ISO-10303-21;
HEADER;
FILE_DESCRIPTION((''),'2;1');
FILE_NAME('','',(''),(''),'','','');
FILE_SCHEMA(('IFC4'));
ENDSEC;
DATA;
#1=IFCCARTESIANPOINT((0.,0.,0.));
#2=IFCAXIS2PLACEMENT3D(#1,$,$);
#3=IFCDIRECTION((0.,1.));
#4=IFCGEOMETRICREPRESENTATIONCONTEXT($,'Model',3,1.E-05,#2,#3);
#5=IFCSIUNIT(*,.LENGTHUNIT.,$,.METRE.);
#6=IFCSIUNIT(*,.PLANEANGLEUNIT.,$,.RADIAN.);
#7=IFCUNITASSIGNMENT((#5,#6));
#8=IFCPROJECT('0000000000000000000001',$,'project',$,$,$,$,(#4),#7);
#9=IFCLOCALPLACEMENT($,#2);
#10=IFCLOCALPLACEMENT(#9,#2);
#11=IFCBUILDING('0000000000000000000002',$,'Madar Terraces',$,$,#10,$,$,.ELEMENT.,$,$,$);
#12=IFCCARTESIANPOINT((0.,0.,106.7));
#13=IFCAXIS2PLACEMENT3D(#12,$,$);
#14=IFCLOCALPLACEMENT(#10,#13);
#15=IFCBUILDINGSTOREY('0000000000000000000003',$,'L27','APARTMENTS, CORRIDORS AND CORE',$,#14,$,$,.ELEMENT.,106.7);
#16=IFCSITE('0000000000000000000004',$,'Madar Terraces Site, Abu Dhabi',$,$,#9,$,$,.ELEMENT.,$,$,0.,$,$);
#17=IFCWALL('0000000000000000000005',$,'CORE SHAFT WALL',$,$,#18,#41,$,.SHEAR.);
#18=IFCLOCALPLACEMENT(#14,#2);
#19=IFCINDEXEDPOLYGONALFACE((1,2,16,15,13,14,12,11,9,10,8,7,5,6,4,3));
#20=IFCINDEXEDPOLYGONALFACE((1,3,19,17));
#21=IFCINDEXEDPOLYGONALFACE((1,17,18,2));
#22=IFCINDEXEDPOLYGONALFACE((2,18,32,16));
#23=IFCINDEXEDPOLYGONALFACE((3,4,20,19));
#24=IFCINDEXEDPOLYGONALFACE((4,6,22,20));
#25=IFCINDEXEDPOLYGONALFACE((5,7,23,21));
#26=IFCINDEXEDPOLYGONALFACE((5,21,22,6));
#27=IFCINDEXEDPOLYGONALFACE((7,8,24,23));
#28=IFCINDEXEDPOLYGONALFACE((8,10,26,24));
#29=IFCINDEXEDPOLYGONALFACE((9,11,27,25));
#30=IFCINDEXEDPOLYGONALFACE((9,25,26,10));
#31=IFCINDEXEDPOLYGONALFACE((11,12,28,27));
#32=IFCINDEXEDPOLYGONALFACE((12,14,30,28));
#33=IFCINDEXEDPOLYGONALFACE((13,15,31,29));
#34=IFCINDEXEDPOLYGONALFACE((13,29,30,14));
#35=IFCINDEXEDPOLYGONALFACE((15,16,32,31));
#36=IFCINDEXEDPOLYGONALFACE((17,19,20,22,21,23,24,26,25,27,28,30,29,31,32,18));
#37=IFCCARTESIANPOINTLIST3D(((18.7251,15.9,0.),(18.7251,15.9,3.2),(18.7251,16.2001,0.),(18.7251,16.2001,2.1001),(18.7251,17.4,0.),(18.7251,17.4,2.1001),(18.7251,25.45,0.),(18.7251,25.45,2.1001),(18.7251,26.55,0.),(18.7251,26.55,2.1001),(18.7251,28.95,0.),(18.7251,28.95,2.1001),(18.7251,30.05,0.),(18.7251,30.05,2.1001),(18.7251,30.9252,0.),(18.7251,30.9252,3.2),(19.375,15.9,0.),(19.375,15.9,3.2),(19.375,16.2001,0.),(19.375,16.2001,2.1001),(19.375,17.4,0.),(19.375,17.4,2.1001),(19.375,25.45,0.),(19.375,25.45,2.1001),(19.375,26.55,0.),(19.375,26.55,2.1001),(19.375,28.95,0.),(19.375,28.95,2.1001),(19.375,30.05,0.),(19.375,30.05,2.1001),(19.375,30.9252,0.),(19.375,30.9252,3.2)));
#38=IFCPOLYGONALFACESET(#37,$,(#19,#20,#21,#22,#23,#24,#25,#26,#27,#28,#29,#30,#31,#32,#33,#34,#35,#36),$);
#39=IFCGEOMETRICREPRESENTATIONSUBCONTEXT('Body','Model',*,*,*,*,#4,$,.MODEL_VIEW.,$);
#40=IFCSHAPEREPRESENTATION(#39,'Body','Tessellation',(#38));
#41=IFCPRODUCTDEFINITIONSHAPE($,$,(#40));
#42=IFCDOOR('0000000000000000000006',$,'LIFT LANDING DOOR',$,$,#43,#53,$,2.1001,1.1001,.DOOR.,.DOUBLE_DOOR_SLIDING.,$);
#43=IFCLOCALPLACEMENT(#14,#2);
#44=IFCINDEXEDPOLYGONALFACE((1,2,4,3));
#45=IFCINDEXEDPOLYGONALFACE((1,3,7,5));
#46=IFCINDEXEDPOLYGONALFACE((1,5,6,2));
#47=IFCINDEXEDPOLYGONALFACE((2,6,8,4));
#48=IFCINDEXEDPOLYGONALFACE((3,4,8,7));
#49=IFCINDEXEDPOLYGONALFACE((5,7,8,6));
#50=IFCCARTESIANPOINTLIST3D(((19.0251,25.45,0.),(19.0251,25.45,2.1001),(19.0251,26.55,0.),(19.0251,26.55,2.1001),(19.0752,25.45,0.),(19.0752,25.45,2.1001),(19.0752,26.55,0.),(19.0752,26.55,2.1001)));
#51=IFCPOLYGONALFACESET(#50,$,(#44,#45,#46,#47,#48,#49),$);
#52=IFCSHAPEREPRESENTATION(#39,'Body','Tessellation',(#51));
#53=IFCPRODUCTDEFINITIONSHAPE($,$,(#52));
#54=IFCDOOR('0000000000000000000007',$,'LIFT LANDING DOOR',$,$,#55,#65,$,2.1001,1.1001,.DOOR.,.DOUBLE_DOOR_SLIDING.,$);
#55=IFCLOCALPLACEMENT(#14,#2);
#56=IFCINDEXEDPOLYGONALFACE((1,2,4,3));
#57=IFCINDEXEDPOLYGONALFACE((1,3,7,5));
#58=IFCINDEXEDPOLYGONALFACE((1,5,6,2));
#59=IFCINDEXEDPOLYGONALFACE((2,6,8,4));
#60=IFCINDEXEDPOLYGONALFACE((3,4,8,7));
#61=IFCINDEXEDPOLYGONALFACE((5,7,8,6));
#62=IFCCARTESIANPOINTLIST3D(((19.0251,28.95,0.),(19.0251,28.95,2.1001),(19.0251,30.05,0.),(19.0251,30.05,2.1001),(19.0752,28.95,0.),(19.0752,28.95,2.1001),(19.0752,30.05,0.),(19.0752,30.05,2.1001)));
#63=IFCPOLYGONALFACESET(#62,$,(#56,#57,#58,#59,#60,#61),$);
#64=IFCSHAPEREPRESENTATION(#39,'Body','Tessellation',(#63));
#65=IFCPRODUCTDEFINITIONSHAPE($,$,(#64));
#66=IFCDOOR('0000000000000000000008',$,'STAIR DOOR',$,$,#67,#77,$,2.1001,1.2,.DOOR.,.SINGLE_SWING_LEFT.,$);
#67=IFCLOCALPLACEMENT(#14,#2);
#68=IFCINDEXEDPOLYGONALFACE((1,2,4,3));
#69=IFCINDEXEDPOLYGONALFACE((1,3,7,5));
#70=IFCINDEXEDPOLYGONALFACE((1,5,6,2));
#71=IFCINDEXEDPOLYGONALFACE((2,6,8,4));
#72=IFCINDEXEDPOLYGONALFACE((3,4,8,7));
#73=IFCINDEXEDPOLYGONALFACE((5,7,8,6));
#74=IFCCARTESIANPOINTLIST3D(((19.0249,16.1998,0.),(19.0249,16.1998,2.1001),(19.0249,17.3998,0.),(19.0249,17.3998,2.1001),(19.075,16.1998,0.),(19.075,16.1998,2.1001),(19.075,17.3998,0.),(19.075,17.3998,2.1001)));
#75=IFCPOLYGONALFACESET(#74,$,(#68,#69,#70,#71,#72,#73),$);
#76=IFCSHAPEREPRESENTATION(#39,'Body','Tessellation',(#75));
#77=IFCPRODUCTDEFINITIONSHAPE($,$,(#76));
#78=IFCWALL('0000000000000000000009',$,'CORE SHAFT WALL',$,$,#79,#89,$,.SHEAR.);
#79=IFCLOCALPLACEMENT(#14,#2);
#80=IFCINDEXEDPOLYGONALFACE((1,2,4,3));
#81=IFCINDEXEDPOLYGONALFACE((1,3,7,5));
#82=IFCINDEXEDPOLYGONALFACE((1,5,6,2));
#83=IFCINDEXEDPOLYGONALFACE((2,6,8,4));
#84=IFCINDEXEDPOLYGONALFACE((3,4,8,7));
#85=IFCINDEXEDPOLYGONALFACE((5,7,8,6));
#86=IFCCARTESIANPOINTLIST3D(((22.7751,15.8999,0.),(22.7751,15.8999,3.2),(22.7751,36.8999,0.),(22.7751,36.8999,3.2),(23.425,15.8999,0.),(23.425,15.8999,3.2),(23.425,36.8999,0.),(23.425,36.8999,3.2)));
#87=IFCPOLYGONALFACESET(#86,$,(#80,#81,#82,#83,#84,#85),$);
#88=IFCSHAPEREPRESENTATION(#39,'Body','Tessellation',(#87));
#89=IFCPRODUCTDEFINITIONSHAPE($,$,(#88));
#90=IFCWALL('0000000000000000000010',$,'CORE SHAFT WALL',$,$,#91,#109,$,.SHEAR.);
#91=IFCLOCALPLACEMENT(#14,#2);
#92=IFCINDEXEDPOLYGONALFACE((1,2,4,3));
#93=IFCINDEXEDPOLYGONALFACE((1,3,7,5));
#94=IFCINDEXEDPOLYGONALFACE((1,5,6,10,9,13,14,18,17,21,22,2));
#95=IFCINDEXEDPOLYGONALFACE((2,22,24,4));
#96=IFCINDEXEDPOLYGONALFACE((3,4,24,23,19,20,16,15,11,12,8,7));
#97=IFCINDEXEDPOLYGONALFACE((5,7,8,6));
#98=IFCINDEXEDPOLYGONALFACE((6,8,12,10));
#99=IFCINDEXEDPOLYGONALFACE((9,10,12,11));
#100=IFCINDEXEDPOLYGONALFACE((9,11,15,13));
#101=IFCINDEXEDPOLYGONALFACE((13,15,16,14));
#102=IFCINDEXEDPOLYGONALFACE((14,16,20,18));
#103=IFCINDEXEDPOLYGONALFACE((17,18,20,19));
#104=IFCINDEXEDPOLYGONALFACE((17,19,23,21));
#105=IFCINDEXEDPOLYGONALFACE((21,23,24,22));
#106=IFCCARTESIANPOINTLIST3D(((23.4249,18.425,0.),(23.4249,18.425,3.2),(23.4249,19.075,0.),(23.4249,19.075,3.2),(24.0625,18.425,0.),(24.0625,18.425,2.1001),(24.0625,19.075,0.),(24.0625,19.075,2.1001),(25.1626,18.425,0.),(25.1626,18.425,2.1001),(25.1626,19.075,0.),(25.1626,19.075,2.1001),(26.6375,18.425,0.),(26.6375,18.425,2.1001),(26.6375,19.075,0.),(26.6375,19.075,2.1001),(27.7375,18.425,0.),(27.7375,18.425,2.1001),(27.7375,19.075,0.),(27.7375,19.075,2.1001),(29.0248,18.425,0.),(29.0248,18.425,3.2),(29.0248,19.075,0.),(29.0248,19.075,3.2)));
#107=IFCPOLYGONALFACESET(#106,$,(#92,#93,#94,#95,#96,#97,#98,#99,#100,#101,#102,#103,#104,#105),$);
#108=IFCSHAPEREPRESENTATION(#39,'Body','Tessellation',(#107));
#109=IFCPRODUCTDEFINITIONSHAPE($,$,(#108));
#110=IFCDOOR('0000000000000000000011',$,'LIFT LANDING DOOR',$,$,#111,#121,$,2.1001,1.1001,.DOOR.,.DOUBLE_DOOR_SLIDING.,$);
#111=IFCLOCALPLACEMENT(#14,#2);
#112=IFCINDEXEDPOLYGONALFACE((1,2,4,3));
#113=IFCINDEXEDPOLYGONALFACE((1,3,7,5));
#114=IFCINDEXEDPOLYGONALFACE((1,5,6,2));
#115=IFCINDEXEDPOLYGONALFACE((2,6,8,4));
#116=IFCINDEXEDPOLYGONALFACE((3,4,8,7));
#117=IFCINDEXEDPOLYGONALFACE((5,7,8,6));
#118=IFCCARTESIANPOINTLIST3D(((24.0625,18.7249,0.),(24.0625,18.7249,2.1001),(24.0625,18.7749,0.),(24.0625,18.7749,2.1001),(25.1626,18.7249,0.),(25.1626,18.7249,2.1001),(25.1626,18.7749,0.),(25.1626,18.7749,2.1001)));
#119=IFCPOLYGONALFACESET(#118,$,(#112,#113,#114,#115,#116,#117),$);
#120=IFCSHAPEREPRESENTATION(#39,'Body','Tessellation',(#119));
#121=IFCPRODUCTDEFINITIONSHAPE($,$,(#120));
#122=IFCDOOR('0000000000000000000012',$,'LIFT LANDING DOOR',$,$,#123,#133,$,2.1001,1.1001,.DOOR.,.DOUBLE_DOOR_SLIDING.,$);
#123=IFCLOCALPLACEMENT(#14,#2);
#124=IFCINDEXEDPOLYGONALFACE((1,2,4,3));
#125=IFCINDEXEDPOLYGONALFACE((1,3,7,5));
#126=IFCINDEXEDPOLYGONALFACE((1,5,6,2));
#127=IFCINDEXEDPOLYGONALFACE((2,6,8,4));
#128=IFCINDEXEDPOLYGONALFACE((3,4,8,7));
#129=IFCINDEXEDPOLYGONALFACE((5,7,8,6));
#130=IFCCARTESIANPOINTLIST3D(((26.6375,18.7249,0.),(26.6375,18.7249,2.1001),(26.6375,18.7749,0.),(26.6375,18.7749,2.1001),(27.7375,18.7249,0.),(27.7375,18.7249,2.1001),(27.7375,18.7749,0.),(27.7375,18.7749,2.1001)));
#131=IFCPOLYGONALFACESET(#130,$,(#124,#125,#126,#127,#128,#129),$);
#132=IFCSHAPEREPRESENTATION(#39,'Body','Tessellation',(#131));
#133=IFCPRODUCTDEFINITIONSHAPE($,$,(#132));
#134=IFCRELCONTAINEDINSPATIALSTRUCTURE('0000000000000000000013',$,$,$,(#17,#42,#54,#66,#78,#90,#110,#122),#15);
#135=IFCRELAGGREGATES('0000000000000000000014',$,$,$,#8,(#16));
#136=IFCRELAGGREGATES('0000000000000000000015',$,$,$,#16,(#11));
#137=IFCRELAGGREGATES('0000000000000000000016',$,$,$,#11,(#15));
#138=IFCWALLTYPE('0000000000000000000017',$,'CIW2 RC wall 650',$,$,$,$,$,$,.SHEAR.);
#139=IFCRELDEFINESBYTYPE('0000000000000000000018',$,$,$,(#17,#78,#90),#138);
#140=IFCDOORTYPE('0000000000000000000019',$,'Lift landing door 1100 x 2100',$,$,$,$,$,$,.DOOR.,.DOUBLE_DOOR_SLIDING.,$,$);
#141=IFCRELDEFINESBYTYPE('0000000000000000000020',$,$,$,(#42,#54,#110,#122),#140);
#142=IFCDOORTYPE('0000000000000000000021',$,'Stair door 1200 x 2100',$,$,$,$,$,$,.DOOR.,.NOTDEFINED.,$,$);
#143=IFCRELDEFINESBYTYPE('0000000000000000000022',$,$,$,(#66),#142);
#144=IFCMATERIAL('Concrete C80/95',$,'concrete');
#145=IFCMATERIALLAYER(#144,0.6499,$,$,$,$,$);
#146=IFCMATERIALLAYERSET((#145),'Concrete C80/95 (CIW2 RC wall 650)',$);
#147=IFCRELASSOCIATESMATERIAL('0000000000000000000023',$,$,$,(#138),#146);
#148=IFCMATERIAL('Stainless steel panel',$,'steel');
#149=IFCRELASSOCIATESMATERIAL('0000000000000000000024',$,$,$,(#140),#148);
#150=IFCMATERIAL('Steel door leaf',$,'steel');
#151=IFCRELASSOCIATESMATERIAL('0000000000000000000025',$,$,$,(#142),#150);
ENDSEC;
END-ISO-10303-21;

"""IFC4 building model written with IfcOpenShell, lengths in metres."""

from ifc_helpers import new_model, si_unit, direction, frame, frame_2d, origin, place, context, subcontext, project, spatial, rectangle, extrude, material, layer, layer_set, type_object, element, fill, save


model = new_model("IFC4")

# Units and contexts
model_context = context("Model", 3, precision=1e-05, world=origin(), true_north=direction((0.0, 1.0)))
body_context = subcontext(model_context, "Body", "Model", "MODEL_VIEW")
ifc_project = project(units=[si_unit("LENGTHUNIT", "METRE"), si_unit("PLANEANGLEUNIT", "RADIAN")], contexts=[model_context])

# Site, building, storey
site_placement = place(None, origin())
site = spatial("IfcSite", under=ifc_project, at=site_placement, Name="Madar Terraces Site, Abu Dhabi", CompositionType="ELEMENT", RefElevation=0.0)
building_placement = place(site_placement, origin())
building = spatial("IfcBuilding", under=site, at=building_placement, Name="Madar Terraces", CompositionType="ELEMENT")
storey_placement = place(building_placement, frame((0.0, 0.0, 106.7)))
storey = spatial("IfcBuildingStorey", under=building, at=storey_placement, Name="L27", Description="APARTMENTS, CORRIDORS AND CORE", CompositionType="ELEMENT", Elevation=106.7)

# Wall, openings, doors
ifc_material_1 = material(Name="Concrete C80/95", Category="concrete")
ifc_layer_1 = layer(ifc_material_1, 0.6499)
ifc_layer_set_1 = layer_set([ifc_layer_1], Name="Concrete C80/95 (CIW2 RC wall 650)")
wall_type_1 = type_object("IfcWallType", Name="CIW2 RC wall 650", PredefinedType="SHEAR", material=ifc_layer_set_1)
wall_1_placement = place(storey_placement, frame((19.05, 15.8999, 0.0), z_axis=(0.0, 0.0, 1.0), x_axis=(0.0, 1.0, 0.0)))
wall_1 = element("IfcWall", 1, at=wall_1_placement, inside=storey, type_object=wall_type_1, Name="CORE SHAFT WALL", PredefinedType="SHEAR", context=body_context, shape_type="SweptSolid", body=[
    extrude(rectangle(XDim=15.0251, YDim=0.6499, at=frame_2d((7.5127, 0.0))), origin(), (0.0, 0.0, 1.0), 3.2),
])
opening_1_placement = place(wall_1_placement, frame((9.55, 0.0, 0.0)))
opening_1 = element("IfcOpeningElement", 2, at=opening_1_placement, cuts=wall_1, PredefinedType="OPENING", context=body_context, shape_type="SweptSolid", body=[
    extrude(rectangle(XDim=1.1001, YDim=2.1001, at=frame_2d((0.55, 1.05))), frame((0.0, 0.335, 0.0), z_axis=(0.0, -1.0, 0.0), x_axis=(1.0, 0.0, 0.0)), (0.0, 0.0, 1.0), 0.6699),
])
opening_2_placement = place(wall_1_placement, frame((13.05, 0.0, 0.0)))
opening_2 = element("IfcOpeningElement", 3, at=opening_2_placement, cuts=wall_1, PredefinedType="OPENING", context=body_context, shape_type="SweptSolid", body=[
    extrude(rectangle(XDim=1.1001, YDim=2.1001, at=frame_2d((0.55, 1.05))), frame((0.0, 0.335, 0.0), z_axis=(0.0, -1.0, 0.0), x_axis=(1.0, 0.0, 0.0)), (0.0, 0.0, 1.0), 0.6699),
])
opening_3_placement = place(wall_1_placement, frame((0.3, 0.0, 0.0)))
opening_3 = element("IfcOpeningElement", 4, at=opening_3_placement, cuts=wall_1, PredefinedType="OPENING", context=body_context, shape_type="SweptSolid", body=[
    extrude(rectangle(XDim=1.2, YDim=2.1001, at=frame_2d((0.6001, 1.05))), frame((0.0, 0.335, 0.0), z_axis=(0.0, -1.0, 0.0), x_axis=(1.0, 0.0, 0.0)), (0.0, 0.0, 1.0), 0.6699),
])
ifc_material_2 = material(Name="Stainless steel panel", Category="steel")
door_type_1 = type_object("IfcDoorType", Name="Lift landing door 1100 x 2100", OperationType="DOUBLE_DOOR_SLIDING", PredefinedType="DOOR", material=ifc_material_2)
door_1_placement = place(opening_1_placement, origin())
door_1 = element("IfcDoor", 5, at=door_1_placement, inside=storey, type_object=door_type_1, Name="LIFT LANDING DOOR", OperationType="DOUBLE_DOOR_SLIDING", OverallHeight=2.1001, OverallWidth=1.1001, PredefinedType="DOOR", context=body_context, shape_type="SweptSolid", body=[
    extrude(rectangle(XDim=1.1001, YDim=2.1001, at=frame_2d((0.55, 1.05))), frame((0.0, 0.0249, 0.0), z_axis=(0.0, -1.0, 0.0), x_axis=(1.0, 0.0, 0.0)), (0.0, 0.0, 1.0), 0.05),
])
fill(opening_1, door_1)
door_2_placement = place(opening_2_placement, origin())
door_2 = element("IfcDoor", 6, at=door_2_placement, inside=storey, type_object=door_type_1, Name="LIFT LANDING DOOR", OperationType="DOUBLE_DOOR_SLIDING", OverallHeight=2.1001, OverallWidth=1.1001, PredefinedType="DOOR", context=body_context, shape_type="SweptSolid", body=[
    extrude(rectangle(XDim=1.1001, YDim=2.1001, at=frame_2d((0.55, 1.05))), frame((0.0, 0.0249, 0.0), z_axis=(0.0, -1.0, 0.0), x_axis=(1.0, 0.0, 0.0)), (0.0, 0.0, 1.0), 0.05),
])
fill(opening_2, door_2)
ifc_material_3 = material(Name="Steel door leaf", Category="steel")
door_type_2 = type_object("IfcDoorType", Name="Stair door 1200 x 2100", OperationType="NOTDEFINED", PredefinedType="DOOR", material=ifc_material_3)
door_3_placement = place(opening_3_placement, frame((1.2, 0.0, 0.0), z_axis=(0.0, 0.0, 1.0), x_axis=(-1.0, 0.0, 0.0)))
door_3 = element("IfcDoor", 7, at=door_3_placement, inside=storey, type_object=door_type_2, Name="STAIR DOOR", OperationType="SINGLE_SWING_LEFT", OverallHeight=2.1001, OverallWidth=1.2, PredefinedType="DOOR", context=body_context, shape_type="SweptSolid", body=[
    extrude(rectangle(XDim=1.2, YDim=2.1001, at=frame_2d((0.6001, 1.05))), frame((0.0, 0.0249, 0.0), z_axis=(0.0, -1.0, 0.0), x_axis=(1.0, 0.0, 0.0)), (0.0, 0.0, 1.0), 0.05),
])
fill(opening_3, door_3)

# Wall
wall_2_placement = place(storey_placement, frame((23.1001, 15.8999, 0.0), z_axis=(0.0, 0.0, 1.0), x_axis=(0.0, 1.0, 0.0)))
element("IfcWall", 8, at=wall_2_placement, inside=storey, type_object=wall_type_1, Name="CORE SHAFT WALL", PredefinedType="SHEAR", context=body_context, shape_type="SweptSolid", body=[
    extrude(rectangle(XDim=21.0, YDim=0.6499, at=frame_2d((10.5, 0.0))), origin(), (0.0, 0.0, 1.0), 3.2),
])

# Wall, openings, doors
wall_3_placement = place(storey_placement, frame((23.425, 18.75, 0.0), z_axis=(0.0, 0.0, 1.0), x_axis=(1.0, 0.0, 0.0)))
wall_3 = element("IfcWall", 9, at=wall_3_placement, inside=storey, type_object=wall_type_1, Name="CORE SHAFT WALL", PredefinedType="SHEAR", context=body_context, shape_type="SweptSolid", body=[
    extrude(rectangle(XDim=5.5999, YDim=0.6499, at=frame_2d((2.7998, 0.0))), origin(), (0.0, 0.0, 1.0), 3.2),
])
opening_4_placement = place(wall_3_placement, frame((0.6375, 0.0, 0.0)))
opening_4 = element("IfcOpeningElement", 10, at=opening_4_placement, cuts=wall_3, PredefinedType="OPENING", context=body_context, shape_type="SweptSolid", body=[
    extrude(rectangle(XDim=1.1001, YDim=2.1001, at=frame_2d((0.55, 1.05))), frame((0.0, 0.335, 0.0), z_axis=(0.0, -1.0, 0.0), x_axis=(1.0, 0.0, 0.0)), (0.0, 0.0, 1.0), 0.6699),
])
opening_5_placement = place(wall_3_placement, frame((3.2124, 0.0, 0.0)))
opening_5 = element("IfcOpeningElement", 11, at=opening_5_placement, cuts=wall_3, PredefinedType="OPENING", context=body_context, shape_type="SweptSolid", body=[
    extrude(rectangle(XDim=1.1001, YDim=2.1001, at=frame_2d((0.55, 1.05))), frame((0.0, 0.335, 0.0), z_axis=(0.0, -1.0, 0.0), x_axis=(1.0, 0.0, 0.0)), (0.0, 0.0, 1.0), 0.6699),
])
door_4_placement = place(opening_4_placement, origin())
door_4 = element("IfcDoor", 12, at=door_4_placement, inside=storey, type_object=door_type_1, Name="LIFT LANDING DOOR", OperationType="DOUBLE_DOOR_SLIDING", OverallHeight=2.1001, OverallWidth=1.1001, PredefinedType="DOOR", context=body_context, shape_type="SweptSolid", body=[
    extrude(rectangle(XDim=1.1001, YDim=2.1001, at=frame_2d((0.55, 1.05))), frame((0.0, 0.0249, 0.0), z_axis=(0.0, -1.0, 0.0), x_axis=(1.0, 0.0, 0.0)), (0.0, 0.0, 1.0), 0.05),
])
fill(opening_4, door_4)
door_5_placement = place(opening_5_placement, origin())
door_5 = element("IfcDoor", 13, at=door_5_placement, inside=storey, type_object=door_type_1, Name="LIFT LANDING DOOR", OperationType="DOUBLE_DOOR_SLIDING", OverallHeight=2.1001, OverallWidth=1.1001, PredefinedType="DOOR", context=body_context, shape_type="SweptSolid", body=[
    extrude(rectangle(XDim=1.1001, YDim=2.1001, at=frame_2d((0.55, 1.05))), frame((0.0, 0.0249, 0.0), z_axis=(0.0, -1.0, 0.0), x_axis=(1.0, 0.0, 0.0)), (0.0, 0.0, 1.0), 0.05),
])
fill(opening_5, door_5)

save(model, "model.ifc")
